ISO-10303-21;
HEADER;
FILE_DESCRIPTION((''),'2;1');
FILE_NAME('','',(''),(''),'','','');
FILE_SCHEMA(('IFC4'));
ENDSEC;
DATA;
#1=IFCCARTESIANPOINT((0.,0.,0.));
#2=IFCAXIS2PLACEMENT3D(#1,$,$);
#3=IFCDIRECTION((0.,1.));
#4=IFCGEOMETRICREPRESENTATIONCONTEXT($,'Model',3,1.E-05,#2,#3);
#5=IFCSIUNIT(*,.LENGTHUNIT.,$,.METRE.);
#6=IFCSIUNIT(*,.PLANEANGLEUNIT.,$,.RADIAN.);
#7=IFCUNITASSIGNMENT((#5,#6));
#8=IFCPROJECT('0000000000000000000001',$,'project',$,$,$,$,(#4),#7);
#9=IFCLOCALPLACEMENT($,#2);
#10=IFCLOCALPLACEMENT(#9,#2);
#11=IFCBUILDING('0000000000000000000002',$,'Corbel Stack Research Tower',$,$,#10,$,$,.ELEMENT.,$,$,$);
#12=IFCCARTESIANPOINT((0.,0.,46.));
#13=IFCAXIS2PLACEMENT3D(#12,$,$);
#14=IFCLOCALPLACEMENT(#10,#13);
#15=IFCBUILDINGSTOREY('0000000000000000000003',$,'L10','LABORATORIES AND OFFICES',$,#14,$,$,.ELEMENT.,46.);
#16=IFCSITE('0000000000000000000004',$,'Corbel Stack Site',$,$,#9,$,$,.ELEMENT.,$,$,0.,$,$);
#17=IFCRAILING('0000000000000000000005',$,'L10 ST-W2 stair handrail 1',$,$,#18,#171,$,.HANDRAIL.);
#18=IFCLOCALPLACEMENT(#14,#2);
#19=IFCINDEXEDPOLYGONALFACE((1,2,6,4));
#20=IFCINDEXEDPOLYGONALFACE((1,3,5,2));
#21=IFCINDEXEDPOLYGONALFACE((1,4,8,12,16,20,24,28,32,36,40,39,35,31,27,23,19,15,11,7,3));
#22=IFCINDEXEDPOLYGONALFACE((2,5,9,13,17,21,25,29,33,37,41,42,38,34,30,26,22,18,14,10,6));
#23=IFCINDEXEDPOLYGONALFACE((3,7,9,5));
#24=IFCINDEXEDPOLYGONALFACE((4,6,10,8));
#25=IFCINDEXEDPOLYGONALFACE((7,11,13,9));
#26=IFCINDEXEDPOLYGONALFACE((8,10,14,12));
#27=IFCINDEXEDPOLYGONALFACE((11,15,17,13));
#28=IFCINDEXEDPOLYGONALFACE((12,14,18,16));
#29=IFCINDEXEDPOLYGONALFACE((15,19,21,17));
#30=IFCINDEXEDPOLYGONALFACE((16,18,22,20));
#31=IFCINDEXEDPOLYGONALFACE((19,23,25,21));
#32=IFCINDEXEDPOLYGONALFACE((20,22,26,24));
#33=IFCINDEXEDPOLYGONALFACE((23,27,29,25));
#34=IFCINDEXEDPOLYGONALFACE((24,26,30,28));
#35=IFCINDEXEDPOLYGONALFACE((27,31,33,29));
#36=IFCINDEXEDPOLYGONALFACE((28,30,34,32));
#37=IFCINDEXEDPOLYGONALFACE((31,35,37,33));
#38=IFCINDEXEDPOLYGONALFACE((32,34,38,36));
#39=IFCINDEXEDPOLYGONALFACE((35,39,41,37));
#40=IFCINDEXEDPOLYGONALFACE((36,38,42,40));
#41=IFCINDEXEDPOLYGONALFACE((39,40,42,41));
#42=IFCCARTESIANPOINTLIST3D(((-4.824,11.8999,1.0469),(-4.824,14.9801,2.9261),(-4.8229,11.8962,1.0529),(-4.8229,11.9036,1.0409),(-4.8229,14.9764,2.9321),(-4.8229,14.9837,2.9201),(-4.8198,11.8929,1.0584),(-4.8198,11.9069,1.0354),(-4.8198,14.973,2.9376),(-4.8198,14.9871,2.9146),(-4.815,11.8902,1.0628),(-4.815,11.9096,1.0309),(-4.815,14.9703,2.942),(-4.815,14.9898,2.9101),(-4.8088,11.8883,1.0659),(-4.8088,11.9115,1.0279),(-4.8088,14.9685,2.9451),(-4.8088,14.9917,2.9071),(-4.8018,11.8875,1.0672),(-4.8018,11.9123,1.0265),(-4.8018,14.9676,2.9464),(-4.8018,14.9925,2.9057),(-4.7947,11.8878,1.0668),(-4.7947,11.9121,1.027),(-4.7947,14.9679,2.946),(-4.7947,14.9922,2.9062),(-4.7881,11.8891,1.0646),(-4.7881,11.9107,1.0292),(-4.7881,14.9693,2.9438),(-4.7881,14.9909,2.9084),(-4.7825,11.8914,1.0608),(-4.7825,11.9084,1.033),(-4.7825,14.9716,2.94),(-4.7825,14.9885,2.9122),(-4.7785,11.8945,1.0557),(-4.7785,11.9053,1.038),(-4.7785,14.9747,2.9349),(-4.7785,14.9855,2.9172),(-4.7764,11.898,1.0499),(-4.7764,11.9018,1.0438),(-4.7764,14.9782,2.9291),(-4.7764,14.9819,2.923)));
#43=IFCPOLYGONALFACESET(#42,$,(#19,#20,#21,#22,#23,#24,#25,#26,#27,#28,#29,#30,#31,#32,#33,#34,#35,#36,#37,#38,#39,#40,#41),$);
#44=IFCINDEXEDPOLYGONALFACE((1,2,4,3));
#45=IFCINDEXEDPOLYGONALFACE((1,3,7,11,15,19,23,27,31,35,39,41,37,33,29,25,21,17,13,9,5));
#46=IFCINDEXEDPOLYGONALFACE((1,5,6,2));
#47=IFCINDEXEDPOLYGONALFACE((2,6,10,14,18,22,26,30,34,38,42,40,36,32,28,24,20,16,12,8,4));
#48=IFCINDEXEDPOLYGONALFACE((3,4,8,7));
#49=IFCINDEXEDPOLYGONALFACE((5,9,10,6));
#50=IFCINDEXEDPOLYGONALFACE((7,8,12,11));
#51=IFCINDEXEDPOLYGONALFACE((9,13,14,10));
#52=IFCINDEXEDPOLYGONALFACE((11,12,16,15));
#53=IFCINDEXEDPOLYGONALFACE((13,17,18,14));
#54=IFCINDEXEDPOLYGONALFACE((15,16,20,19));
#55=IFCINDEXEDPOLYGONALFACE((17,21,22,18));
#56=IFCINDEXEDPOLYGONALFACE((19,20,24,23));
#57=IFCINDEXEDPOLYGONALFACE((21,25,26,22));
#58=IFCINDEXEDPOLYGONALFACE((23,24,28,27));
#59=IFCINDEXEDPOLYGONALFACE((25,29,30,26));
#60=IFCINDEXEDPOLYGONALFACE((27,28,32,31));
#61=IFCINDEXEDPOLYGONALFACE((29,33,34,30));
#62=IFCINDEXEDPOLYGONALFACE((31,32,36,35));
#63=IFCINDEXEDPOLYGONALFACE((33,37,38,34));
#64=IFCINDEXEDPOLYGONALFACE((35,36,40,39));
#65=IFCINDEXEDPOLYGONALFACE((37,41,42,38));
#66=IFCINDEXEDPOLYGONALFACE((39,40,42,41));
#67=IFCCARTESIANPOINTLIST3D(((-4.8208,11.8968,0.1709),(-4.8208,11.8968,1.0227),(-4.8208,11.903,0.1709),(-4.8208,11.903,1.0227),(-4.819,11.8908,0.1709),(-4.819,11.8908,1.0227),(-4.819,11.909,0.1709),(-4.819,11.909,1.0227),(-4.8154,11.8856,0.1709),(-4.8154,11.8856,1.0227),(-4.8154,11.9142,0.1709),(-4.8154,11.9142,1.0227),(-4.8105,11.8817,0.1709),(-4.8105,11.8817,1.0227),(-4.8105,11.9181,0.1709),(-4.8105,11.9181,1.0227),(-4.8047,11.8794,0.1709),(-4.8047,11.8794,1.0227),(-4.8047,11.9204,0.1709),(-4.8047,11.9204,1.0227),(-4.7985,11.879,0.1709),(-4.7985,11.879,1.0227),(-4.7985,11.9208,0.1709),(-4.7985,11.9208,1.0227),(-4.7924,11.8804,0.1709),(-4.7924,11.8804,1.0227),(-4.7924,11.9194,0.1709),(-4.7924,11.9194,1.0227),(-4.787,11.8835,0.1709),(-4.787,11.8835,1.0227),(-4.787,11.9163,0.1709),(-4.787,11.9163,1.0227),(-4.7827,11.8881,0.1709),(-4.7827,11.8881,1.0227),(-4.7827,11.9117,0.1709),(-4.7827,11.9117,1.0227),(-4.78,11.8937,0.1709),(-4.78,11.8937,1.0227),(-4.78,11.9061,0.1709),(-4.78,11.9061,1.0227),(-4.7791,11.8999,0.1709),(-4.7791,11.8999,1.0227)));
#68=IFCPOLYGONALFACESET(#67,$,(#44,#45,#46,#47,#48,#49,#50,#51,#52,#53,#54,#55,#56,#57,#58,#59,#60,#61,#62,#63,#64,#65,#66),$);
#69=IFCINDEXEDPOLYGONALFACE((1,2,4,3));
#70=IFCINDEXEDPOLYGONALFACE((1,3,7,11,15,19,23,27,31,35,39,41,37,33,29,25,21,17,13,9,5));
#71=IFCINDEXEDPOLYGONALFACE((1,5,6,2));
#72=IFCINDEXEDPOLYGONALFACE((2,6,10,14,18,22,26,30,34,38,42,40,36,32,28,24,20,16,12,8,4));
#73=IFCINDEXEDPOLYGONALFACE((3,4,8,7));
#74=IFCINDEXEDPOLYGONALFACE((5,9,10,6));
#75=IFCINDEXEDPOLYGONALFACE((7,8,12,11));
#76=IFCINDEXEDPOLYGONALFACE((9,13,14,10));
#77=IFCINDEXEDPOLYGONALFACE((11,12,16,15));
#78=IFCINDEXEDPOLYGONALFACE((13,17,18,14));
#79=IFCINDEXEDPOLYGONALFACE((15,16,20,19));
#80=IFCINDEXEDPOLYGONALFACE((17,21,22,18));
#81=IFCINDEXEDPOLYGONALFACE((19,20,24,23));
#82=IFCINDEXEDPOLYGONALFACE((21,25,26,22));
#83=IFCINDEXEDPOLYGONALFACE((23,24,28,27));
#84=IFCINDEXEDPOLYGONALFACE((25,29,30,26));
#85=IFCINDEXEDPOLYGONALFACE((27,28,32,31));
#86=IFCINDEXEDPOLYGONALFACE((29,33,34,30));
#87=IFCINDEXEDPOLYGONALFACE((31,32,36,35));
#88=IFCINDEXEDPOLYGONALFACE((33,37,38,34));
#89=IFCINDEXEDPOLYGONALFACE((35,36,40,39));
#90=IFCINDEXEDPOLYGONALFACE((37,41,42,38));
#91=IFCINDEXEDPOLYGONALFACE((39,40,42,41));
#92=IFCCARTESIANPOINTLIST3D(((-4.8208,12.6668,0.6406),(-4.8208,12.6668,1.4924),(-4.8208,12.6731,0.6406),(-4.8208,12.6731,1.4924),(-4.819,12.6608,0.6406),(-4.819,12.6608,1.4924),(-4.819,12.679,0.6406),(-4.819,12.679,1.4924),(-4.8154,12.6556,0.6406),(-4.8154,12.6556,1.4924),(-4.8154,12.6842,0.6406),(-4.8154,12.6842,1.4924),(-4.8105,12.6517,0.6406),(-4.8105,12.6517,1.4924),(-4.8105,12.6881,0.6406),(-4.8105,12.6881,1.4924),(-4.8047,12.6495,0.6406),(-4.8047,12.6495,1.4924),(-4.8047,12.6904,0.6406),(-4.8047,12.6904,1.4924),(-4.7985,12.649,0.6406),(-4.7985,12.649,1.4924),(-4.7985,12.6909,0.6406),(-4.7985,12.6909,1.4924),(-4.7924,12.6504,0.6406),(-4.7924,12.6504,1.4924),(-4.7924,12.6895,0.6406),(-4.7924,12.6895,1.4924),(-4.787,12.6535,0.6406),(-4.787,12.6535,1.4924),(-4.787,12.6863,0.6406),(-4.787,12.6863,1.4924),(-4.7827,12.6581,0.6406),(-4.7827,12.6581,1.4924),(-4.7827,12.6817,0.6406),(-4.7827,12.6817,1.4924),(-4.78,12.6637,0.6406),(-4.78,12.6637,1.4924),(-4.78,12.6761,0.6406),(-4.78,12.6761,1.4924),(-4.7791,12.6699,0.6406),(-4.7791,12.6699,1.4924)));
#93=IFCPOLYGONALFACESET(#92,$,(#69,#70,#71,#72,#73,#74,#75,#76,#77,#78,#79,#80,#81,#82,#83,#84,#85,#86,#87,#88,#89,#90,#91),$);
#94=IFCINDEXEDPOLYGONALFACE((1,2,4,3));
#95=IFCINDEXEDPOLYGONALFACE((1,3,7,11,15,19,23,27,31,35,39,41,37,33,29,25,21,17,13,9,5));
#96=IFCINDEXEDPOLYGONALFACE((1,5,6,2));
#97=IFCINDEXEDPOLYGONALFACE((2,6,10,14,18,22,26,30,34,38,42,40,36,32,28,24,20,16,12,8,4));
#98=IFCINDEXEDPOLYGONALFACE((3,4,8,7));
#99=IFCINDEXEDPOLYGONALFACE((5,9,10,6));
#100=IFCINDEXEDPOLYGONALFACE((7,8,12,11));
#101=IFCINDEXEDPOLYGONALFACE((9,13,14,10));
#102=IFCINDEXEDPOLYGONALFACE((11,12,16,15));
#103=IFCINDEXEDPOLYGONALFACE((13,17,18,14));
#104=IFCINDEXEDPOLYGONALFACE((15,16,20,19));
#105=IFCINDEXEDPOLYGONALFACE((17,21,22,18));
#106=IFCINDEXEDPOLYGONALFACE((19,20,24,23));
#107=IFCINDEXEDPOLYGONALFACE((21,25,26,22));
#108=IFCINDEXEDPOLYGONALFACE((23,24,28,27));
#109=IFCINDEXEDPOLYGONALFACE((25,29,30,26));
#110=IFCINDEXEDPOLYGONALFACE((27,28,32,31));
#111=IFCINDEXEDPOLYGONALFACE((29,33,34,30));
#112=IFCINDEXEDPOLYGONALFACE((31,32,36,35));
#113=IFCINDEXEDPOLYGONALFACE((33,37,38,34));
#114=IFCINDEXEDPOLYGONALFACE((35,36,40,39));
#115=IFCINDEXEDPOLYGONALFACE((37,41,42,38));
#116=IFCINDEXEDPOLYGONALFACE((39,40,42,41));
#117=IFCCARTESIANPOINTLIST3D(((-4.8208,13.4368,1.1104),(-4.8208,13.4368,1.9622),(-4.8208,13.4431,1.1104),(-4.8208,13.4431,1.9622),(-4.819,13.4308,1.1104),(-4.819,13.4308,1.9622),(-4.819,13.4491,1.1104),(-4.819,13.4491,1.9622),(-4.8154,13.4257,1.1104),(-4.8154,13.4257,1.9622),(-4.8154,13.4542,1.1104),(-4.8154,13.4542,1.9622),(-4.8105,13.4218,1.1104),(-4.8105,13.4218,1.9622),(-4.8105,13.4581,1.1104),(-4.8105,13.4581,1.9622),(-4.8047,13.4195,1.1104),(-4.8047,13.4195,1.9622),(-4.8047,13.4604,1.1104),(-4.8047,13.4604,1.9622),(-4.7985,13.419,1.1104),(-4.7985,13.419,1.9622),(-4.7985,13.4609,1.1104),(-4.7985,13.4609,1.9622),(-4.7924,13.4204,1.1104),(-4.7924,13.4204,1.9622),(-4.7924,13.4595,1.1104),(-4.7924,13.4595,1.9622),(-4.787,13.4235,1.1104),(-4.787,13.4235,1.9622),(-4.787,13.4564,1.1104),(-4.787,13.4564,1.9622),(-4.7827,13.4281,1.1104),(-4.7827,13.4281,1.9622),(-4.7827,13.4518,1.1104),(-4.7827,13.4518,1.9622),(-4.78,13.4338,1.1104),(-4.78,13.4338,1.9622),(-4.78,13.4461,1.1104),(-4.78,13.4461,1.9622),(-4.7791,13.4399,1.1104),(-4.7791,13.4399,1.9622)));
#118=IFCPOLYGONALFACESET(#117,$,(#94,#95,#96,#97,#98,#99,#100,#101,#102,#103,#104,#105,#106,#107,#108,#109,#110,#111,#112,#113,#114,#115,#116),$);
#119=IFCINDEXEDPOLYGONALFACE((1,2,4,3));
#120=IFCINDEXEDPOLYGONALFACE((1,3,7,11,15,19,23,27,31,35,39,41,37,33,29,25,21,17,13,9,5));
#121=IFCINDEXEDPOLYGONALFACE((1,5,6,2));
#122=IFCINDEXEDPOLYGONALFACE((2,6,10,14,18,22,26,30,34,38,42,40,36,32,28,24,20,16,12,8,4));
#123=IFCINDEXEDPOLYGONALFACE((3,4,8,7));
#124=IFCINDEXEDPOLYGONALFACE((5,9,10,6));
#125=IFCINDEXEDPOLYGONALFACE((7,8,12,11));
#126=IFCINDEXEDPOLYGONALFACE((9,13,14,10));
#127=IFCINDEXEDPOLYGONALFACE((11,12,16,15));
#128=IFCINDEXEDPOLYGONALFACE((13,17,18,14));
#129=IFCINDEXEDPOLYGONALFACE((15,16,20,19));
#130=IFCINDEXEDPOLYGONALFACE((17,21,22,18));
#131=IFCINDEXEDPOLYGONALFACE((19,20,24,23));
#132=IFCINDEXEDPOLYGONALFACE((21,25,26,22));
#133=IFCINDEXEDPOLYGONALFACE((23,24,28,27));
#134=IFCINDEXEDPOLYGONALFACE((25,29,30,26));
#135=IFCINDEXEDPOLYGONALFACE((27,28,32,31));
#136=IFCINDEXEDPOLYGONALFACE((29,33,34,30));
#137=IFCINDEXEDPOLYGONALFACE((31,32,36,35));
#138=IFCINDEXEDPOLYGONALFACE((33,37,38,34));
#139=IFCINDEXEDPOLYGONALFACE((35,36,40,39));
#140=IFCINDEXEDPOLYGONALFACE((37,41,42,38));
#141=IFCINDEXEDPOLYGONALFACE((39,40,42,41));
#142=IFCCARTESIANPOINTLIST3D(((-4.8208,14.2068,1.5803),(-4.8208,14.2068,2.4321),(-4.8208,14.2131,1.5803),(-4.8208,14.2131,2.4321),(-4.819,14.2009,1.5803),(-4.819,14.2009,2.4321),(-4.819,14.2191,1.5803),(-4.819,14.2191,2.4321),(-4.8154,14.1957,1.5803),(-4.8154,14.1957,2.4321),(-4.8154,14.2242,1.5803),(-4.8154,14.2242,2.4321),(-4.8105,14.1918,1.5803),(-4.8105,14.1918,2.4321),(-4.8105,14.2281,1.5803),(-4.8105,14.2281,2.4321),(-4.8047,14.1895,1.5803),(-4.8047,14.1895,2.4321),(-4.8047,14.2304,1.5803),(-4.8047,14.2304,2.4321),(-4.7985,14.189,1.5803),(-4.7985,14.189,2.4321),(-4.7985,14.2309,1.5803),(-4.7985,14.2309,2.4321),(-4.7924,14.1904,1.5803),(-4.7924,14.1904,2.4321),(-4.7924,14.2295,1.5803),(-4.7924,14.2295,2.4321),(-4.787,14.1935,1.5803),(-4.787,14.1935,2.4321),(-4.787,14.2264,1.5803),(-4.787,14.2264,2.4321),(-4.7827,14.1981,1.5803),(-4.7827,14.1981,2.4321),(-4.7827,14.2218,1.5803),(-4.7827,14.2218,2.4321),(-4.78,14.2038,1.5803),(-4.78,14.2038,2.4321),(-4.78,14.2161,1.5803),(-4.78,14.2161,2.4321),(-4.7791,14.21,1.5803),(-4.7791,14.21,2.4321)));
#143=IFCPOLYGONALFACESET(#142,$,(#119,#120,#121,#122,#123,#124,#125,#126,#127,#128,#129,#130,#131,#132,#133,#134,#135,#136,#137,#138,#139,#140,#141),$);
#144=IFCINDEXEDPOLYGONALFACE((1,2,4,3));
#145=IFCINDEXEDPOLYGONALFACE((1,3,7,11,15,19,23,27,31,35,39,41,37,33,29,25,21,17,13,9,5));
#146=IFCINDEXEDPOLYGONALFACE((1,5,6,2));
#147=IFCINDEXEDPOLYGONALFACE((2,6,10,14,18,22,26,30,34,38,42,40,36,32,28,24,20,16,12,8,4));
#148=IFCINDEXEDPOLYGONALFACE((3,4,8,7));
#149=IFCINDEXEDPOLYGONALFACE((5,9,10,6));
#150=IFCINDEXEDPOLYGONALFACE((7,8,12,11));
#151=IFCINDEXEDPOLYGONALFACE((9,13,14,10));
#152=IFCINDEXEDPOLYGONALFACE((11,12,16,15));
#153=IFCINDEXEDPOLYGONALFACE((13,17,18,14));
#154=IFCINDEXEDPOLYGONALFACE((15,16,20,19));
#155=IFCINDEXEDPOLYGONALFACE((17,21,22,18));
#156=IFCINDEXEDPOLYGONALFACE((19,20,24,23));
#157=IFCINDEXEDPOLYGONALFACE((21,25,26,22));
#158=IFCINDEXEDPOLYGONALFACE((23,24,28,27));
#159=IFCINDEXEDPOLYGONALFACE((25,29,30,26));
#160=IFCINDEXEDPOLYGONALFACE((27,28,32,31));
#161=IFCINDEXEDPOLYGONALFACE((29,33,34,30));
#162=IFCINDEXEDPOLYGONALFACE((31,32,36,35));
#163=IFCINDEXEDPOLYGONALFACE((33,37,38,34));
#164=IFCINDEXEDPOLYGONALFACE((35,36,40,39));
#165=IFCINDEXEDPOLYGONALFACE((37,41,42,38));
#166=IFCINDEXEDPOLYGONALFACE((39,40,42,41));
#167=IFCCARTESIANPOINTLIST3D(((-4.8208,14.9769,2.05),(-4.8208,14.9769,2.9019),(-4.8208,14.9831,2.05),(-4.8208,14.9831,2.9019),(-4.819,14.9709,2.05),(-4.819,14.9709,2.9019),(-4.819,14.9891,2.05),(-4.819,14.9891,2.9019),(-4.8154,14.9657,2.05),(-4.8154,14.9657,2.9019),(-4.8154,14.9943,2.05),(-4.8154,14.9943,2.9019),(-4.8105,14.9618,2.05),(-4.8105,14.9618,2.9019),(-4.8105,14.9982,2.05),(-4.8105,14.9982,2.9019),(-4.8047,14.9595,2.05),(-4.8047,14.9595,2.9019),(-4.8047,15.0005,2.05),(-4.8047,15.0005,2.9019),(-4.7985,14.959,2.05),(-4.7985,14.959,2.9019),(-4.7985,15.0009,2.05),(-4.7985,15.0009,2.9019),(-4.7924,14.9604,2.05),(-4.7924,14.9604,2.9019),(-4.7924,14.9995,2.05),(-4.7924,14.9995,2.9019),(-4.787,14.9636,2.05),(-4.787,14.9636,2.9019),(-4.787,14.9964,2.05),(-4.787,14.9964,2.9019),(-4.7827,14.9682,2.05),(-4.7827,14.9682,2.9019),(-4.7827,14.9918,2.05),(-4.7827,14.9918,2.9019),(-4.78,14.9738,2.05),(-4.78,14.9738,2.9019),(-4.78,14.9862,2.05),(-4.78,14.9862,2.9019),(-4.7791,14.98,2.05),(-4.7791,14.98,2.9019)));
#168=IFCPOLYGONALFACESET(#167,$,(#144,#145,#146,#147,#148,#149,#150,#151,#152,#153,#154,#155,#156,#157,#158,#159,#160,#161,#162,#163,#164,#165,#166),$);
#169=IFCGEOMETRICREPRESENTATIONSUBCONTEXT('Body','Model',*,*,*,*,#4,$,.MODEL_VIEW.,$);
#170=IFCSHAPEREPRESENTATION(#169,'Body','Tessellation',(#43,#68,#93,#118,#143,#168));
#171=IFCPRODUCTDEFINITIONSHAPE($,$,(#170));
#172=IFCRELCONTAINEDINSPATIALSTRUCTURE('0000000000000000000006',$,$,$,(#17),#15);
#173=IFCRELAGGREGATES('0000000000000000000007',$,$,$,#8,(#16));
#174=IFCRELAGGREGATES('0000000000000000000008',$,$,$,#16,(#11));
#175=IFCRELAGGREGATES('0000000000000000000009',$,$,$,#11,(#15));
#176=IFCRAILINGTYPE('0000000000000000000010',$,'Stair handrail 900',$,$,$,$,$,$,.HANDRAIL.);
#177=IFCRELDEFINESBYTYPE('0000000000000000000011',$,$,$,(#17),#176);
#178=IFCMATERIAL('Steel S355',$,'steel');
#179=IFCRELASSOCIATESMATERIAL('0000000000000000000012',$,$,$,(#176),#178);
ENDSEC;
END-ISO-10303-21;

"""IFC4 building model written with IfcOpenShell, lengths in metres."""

from ifc_helpers import new_model, si_unit, direction, frame, origin, origin_2d, place, context, subcontext, project, spatial, circle, extrude, material, type_object, element, save


model = new_model("IFC4")

# Units and contexts
model_context = context("Model", 3, precision=1e-05, world=origin(), true_north=direction((0.0, 1.0)))
body_context = subcontext(model_context, "Body", "Model", "MODEL_VIEW")
ifc_project = project(units=[si_unit("LENGTHUNIT", "METRE"), si_unit("PLANEANGLEUNIT", "RADIAN")], contexts=[model_context])

# Site, building, storey
site_placement = place(None, origin())
site = spatial("IfcSite", under=ifc_project, at=site_placement, Name="Corbel Stack Site", CompositionType="ELEMENT", RefElevation=0.0)
building_placement = place(site_placement, origin())
building = spatial("IfcBuilding", under=site, at=building_placement, Name="Corbel Stack Research Tower", CompositionType="ELEMENT")
storey_placement = place(building_placement, frame((0.0, 0.0, 46.0)))
storey = spatial("IfcBuildingStorey", under=building, at=storey_placement, Name="L10", Description="LABORATORIES AND OFFICES", CompositionType="ELEMENT", Elevation=46.0)

# Railing
ifc_material_1 = material(Name="Steel S355", Category="steel")
railing_type_1 = type_object("IfcRailingType", Name="Stair handrail 900", PredefinedType="HANDRAIL", material=ifc_material_1)
railing_1_placement = place(storey_placement, frame((-4.8, 11.8999, 0.1709)))
element("IfcRailing", 1, at=railing_1_placement, inside=storey, type_object=railing_type_1, Name="L10 ST-W2 stair handrail 1", PredefinedType="HANDRAIL", context=body_context, shape_type="SweptSolid", body=[
    extrude(circle(Radius=0.0239, at=origin_2d()), frame((0.0, 0.0, 0.876), z_axis=(0.0, 0.853666, 0.52082), x_axis=(-1.0, 0.0, 0.0)), (0.0, 0.0, 1.0), 3.6082),
    extrude(circle(Radius=0.021, at=origin_2d()), origin(), (0.0, 0.0, 1.0), 0.8518),
    extrude(circle(Radius=0.021, at=origin_2d()), frame((0.0, 0.77, 0.4697)), (0.0, 0.0, 1.0), 0.8518),
    extrude(circle(Radius=0.021, at=origin_2d()), frame((0.0, 1.54, 0.9395)), (0.0, 0.0, 1.0), 0.8518),
    extrude(circle(Radius=0.021, at=origin_2d()), frame((0.0, 2.3101, 1.4094)), (0.0, 0.0, 1.0), 0.8518),
    extrude(circle(Radius=0.021, at=origin_2d()), frame((0.0, 3.0801, 1.8792)), (0.0, 0.0, 1.0), 0.8518),
])

save(model, "model.ifc")
